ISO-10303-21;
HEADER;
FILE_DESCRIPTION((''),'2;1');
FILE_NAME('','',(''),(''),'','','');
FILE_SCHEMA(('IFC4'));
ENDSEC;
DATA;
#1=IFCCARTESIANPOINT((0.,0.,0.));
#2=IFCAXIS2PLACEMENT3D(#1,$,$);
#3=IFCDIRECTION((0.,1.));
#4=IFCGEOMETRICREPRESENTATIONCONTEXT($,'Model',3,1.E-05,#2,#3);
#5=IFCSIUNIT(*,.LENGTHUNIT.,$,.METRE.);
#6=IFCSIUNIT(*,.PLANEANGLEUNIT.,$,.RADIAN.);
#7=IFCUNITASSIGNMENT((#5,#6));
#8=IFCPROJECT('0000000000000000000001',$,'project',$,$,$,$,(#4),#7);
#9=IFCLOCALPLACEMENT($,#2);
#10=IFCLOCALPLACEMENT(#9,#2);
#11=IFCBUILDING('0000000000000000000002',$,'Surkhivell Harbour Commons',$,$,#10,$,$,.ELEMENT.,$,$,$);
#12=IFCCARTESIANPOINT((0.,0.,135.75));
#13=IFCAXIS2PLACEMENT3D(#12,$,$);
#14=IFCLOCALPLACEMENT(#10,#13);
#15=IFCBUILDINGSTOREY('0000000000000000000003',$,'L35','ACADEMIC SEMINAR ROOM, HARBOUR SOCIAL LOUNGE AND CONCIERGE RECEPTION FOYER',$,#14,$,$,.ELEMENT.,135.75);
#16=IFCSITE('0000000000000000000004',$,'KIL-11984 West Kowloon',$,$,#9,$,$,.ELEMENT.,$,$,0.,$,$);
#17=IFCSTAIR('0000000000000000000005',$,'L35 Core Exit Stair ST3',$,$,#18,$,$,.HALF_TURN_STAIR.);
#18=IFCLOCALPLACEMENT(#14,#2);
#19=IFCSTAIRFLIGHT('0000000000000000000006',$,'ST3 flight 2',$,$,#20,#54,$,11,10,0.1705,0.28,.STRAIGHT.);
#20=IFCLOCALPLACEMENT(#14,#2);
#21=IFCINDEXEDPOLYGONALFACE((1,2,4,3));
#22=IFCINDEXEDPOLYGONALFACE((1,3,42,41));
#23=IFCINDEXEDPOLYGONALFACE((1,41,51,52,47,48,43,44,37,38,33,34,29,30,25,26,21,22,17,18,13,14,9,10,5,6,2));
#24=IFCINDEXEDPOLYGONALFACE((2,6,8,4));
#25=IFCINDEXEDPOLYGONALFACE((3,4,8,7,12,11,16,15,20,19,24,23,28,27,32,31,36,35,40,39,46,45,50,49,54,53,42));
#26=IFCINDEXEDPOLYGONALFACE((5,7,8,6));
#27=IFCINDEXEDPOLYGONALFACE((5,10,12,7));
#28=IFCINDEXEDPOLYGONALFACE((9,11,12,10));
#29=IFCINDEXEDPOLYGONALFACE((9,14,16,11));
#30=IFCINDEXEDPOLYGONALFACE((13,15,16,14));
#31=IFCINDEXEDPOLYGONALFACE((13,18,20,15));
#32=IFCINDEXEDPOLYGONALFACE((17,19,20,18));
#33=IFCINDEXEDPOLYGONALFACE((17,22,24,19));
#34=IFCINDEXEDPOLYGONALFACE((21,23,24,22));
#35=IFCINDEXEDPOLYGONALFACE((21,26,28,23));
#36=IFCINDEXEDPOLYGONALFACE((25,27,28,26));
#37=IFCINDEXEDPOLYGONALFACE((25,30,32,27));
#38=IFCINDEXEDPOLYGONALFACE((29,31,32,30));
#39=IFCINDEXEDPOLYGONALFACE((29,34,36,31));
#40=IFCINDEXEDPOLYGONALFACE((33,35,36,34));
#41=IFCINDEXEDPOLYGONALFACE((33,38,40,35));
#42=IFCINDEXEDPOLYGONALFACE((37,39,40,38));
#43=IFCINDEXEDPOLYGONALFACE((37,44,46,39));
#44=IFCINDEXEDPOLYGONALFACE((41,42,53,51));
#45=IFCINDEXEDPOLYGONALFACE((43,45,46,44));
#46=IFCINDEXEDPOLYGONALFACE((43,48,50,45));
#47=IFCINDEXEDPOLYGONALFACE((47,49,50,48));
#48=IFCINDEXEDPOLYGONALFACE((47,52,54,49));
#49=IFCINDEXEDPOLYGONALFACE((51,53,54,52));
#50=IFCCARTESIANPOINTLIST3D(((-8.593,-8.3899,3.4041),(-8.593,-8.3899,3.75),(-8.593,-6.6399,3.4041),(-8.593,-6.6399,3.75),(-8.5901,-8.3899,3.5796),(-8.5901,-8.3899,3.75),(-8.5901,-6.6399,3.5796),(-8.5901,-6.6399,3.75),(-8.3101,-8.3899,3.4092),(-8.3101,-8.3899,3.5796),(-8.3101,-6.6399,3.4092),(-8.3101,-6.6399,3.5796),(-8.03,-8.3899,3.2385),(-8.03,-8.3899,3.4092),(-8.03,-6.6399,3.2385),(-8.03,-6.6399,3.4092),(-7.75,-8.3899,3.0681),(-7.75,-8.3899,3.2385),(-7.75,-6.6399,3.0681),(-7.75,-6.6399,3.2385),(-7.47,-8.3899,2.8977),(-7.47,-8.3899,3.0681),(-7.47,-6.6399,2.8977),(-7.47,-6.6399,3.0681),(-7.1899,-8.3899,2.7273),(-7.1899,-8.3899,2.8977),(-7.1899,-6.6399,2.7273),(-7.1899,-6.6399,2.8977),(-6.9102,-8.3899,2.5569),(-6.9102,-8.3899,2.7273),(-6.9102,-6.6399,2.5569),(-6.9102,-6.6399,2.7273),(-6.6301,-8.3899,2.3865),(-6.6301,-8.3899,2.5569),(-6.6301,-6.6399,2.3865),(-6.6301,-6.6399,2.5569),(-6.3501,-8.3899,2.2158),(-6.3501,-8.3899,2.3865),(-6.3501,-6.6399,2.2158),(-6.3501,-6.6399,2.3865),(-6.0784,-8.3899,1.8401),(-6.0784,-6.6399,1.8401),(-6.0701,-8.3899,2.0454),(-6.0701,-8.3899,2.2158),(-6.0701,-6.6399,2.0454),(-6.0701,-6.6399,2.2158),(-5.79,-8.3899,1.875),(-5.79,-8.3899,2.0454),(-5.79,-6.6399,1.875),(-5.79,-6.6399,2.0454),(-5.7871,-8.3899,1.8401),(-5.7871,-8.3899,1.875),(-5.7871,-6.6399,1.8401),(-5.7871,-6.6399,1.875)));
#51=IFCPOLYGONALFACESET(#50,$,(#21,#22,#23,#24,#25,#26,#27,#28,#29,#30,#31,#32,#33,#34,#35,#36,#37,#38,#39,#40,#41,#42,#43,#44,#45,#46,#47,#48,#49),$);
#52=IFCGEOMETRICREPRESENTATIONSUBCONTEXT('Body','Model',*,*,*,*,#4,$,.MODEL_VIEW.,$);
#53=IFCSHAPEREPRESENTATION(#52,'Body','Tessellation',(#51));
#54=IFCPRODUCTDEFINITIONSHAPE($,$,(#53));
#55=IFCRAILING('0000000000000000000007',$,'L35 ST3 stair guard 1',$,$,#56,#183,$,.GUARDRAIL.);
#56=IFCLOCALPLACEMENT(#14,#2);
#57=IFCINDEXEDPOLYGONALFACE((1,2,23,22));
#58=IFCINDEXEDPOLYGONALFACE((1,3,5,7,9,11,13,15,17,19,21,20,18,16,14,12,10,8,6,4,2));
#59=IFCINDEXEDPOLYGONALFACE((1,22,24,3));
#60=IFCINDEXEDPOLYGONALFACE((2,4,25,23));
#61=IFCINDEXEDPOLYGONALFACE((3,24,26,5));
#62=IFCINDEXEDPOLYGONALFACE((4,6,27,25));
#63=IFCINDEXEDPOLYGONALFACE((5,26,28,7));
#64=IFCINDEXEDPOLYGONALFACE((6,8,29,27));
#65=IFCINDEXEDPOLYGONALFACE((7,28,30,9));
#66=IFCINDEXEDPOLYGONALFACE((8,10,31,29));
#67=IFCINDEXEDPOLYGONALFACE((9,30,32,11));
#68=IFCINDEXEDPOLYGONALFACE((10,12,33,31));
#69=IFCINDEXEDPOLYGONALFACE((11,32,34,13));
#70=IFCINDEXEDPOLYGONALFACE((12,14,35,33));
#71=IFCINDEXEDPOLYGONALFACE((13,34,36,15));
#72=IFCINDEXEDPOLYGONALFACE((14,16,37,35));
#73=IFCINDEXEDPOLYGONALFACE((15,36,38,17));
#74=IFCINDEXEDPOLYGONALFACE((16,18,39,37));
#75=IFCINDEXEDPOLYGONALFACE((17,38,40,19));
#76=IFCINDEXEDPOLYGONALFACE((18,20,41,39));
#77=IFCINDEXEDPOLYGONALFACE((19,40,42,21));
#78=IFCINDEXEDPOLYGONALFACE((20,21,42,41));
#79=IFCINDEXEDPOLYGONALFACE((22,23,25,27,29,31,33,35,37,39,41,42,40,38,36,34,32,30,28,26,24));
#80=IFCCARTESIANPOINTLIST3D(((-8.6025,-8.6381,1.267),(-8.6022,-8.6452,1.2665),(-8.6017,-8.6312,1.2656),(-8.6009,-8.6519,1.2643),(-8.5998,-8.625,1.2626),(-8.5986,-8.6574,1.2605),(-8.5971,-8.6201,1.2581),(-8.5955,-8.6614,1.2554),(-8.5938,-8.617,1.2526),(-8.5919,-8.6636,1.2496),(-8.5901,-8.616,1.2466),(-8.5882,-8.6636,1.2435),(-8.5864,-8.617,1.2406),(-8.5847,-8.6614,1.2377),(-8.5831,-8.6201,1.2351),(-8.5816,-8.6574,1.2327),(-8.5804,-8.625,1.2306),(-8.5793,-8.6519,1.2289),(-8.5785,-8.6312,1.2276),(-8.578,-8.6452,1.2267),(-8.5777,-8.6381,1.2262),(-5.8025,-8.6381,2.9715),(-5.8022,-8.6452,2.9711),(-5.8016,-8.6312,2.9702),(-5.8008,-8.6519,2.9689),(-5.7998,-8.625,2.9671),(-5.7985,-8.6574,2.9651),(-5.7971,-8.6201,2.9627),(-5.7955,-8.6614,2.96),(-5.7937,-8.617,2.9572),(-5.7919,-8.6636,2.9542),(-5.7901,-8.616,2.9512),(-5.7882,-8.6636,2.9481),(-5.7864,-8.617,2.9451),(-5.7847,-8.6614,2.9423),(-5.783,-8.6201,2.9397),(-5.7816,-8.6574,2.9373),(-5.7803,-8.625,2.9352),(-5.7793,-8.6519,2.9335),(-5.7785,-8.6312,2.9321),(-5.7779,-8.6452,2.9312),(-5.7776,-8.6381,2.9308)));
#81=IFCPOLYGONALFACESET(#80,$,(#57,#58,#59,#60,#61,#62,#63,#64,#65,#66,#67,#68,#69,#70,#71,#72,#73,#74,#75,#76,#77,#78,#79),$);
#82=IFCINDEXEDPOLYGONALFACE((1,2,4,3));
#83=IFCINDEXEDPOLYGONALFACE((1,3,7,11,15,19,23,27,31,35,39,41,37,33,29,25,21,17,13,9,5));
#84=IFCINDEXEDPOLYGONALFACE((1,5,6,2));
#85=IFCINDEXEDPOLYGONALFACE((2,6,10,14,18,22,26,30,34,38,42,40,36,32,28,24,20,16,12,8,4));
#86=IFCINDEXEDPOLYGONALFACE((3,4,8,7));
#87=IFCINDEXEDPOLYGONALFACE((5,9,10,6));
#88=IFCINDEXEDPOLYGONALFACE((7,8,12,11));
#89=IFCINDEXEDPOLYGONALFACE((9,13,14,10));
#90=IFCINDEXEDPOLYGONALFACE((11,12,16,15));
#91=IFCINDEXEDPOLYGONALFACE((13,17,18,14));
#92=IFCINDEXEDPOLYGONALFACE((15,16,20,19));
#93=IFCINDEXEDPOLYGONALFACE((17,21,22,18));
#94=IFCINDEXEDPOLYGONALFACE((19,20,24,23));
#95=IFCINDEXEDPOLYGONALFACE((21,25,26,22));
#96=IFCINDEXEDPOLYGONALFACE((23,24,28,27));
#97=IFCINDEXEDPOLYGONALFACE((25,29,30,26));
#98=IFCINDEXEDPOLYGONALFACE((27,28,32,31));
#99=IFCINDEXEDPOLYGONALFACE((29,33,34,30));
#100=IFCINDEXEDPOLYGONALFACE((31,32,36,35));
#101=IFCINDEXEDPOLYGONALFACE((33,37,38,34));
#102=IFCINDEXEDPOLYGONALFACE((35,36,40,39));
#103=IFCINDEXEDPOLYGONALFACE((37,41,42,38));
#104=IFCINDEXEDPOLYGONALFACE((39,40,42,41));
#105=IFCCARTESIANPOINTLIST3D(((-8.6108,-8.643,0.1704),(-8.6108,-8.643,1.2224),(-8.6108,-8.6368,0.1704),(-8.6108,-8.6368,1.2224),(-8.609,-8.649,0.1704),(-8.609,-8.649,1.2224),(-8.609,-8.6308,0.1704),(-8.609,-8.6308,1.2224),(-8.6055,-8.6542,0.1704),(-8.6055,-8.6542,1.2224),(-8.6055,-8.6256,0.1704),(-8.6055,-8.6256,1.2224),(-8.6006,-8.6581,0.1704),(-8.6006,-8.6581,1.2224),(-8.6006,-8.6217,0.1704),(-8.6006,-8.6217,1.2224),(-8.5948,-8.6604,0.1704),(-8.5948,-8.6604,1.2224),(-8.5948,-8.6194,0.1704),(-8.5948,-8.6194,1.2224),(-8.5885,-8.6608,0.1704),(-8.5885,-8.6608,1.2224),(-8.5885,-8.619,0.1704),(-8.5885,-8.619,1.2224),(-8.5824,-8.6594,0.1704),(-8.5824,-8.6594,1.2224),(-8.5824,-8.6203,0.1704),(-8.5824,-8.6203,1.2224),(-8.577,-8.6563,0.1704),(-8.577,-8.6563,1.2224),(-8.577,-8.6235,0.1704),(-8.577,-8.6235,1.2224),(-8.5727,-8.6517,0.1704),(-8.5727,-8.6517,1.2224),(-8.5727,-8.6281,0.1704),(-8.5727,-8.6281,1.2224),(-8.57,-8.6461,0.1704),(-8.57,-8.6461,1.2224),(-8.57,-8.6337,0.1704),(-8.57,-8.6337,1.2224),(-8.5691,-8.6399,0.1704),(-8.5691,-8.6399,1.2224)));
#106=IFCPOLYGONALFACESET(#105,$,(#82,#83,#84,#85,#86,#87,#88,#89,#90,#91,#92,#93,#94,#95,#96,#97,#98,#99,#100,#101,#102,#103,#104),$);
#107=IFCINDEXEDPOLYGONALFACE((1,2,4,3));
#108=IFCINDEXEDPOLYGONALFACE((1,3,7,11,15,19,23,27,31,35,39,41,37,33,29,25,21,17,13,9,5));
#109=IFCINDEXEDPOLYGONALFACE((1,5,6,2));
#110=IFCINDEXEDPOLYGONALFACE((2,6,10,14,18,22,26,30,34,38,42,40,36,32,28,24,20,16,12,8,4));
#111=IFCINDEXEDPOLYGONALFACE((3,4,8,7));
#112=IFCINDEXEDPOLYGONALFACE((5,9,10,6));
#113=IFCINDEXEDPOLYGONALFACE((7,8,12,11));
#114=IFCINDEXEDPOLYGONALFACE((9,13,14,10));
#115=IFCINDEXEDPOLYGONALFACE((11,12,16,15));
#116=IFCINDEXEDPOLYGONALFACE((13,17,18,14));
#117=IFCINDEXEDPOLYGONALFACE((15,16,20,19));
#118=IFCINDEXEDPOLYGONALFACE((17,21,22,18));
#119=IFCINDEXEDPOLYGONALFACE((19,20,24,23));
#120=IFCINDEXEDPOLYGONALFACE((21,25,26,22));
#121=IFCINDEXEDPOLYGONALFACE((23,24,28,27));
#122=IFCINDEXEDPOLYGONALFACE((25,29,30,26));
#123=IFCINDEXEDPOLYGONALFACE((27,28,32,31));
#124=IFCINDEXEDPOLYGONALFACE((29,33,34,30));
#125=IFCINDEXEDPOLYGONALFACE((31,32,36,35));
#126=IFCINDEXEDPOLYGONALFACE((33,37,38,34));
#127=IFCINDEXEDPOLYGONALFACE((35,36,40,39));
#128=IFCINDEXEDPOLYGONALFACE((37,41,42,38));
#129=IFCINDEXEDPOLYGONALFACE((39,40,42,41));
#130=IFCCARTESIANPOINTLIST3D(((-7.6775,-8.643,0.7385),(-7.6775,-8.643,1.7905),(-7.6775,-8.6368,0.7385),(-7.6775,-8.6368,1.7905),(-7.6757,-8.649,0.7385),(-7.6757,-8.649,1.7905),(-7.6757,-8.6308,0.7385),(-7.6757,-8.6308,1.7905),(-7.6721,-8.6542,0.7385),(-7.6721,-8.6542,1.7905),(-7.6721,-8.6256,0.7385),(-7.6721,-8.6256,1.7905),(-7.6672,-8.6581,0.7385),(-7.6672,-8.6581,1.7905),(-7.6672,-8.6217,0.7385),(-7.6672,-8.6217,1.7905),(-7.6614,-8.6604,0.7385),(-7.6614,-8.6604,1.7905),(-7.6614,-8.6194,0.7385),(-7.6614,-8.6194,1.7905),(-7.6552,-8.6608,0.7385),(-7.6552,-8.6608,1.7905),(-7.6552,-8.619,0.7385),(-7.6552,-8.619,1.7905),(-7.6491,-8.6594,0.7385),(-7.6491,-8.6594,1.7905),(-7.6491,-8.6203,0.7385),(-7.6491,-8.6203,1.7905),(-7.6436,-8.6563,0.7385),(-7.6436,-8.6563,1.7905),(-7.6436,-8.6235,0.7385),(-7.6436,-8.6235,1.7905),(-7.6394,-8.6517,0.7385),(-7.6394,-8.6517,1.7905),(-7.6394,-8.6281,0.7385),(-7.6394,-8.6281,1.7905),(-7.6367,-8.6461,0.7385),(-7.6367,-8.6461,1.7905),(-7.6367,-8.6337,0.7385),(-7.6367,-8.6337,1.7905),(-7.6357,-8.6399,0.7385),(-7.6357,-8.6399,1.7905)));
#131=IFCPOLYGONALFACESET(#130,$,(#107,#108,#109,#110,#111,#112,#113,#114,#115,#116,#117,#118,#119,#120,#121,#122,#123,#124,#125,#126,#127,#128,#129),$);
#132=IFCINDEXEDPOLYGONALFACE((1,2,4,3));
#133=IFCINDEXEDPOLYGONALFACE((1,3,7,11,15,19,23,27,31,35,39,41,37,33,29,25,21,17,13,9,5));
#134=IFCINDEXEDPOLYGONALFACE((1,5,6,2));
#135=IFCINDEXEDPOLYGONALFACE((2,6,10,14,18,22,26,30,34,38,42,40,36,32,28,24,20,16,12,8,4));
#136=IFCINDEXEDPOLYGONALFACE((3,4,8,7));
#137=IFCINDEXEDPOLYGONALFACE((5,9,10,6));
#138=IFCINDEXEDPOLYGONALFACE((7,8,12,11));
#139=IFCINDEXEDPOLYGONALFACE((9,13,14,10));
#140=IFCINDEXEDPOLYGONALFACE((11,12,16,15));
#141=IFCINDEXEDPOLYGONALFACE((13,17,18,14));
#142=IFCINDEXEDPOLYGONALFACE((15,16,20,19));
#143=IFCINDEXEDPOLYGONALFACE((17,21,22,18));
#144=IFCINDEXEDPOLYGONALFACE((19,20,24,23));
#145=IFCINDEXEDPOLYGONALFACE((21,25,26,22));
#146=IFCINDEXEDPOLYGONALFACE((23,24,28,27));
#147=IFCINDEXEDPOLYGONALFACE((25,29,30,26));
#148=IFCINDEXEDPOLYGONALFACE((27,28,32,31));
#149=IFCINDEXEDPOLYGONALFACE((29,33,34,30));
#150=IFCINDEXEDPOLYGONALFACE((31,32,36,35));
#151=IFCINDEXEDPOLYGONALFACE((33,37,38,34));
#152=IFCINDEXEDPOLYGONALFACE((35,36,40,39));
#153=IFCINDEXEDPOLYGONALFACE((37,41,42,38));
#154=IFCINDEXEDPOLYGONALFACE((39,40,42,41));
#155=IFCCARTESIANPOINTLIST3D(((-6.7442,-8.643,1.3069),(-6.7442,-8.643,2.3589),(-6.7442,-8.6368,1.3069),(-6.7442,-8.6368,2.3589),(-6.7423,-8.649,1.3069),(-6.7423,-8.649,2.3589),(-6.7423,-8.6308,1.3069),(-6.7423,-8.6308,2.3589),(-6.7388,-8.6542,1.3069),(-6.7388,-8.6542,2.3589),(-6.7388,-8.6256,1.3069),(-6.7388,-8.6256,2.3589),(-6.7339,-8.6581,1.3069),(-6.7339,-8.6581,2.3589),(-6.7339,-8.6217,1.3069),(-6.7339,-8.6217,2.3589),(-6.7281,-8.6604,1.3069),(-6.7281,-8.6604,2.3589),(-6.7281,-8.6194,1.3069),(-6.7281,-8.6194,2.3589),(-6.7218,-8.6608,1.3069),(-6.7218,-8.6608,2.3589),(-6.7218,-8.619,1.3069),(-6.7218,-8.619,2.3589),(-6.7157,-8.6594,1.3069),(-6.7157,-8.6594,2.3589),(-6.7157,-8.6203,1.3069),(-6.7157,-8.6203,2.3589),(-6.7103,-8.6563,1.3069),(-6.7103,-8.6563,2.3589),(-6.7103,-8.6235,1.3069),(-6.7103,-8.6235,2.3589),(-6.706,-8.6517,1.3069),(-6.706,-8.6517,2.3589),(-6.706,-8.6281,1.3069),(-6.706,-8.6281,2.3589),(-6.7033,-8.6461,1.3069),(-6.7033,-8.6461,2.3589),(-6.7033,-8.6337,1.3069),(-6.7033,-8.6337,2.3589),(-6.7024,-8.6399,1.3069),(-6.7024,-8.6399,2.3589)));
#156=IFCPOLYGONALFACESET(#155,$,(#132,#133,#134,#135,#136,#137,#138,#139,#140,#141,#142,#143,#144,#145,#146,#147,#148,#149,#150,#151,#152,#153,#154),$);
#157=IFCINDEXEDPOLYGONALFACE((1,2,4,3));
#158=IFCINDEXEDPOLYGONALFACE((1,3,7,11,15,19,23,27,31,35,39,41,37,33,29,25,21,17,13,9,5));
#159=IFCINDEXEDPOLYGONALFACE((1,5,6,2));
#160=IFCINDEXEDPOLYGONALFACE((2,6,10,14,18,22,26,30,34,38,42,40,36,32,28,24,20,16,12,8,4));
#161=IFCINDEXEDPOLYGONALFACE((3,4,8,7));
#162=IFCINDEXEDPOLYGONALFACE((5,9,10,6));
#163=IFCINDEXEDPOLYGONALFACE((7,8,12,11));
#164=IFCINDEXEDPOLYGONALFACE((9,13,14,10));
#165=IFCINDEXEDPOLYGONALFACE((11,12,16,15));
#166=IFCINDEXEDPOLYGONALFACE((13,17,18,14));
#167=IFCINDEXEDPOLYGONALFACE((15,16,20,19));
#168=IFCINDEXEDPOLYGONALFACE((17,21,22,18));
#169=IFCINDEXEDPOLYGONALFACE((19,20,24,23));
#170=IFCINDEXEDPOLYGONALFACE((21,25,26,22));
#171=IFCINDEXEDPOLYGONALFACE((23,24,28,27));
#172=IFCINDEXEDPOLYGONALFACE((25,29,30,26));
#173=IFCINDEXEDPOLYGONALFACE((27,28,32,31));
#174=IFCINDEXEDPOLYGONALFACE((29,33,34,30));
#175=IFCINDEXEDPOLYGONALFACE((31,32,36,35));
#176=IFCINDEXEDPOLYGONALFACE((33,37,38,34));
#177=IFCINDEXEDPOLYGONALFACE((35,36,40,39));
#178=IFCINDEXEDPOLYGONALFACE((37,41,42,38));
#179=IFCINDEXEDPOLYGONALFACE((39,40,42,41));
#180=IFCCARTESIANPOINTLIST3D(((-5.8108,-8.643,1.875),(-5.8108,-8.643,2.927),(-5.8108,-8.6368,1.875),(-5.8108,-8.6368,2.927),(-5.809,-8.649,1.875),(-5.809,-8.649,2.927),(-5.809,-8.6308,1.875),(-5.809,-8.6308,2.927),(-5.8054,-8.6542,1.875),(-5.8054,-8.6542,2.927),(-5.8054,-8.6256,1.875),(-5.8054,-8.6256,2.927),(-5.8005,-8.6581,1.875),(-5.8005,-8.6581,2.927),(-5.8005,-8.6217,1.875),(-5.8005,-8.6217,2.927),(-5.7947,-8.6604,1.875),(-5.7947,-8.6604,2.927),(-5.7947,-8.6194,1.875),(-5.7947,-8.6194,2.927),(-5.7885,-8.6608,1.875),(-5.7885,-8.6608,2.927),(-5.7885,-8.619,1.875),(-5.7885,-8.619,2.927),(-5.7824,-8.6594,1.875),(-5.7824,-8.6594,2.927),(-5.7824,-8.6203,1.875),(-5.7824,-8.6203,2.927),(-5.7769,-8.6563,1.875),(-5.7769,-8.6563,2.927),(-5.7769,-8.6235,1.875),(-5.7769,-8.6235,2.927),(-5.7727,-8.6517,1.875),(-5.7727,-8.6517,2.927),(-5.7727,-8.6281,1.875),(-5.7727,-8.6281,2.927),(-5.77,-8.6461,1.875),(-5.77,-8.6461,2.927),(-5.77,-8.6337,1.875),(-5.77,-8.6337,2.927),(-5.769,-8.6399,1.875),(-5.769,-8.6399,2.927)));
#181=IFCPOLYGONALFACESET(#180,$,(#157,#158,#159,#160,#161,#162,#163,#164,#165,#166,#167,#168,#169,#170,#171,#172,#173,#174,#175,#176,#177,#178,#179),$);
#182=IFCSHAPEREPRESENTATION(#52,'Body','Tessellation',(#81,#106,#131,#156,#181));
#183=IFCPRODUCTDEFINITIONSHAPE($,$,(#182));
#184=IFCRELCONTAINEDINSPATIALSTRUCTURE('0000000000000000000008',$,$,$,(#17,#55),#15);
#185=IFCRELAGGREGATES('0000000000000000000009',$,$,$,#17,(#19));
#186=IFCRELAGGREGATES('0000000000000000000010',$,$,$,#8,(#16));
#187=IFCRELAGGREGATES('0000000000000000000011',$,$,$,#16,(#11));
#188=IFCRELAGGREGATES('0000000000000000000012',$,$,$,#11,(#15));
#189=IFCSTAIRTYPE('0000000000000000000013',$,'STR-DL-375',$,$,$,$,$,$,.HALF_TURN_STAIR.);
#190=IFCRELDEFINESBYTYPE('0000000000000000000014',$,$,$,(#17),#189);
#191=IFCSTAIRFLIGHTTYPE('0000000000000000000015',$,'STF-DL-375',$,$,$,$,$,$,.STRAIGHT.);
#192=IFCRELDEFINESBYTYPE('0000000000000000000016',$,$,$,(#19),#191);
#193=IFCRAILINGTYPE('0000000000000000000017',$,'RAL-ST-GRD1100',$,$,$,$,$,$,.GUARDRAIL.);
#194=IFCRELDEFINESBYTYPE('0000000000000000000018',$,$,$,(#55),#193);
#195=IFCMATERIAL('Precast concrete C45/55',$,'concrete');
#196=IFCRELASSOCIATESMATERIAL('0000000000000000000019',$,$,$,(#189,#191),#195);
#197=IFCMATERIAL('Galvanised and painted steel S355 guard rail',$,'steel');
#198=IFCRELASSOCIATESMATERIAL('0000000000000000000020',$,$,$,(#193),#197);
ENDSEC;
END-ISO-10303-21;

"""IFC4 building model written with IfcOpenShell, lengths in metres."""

from ifc_helpers import new_model, si_unit, direction, frame, origin, origin_2d, place, context, subcontext, project, spatial, polyline, circle, outline, extrude, material, type_object, element, aggregate, save


model = new_model("IFC4")

# Units and contexts
model_context = context("Model", 3, precision=1e-05, world=origin(), true_north=direction((0.0, 1.0)))
body_context = subcontext(model_context, "Body", "Model", "MODEL_VIEW")
ifc_project = project(units=[si_unit("LENGTHUNIT", "METRE"), si_unit("PLANEANGLEUNIT", "RADIAN")], contexts=[model_context])

# Site, building, storey
site_placement = place(None, origin())
site = spatial("IfcSite", under=ifc_project, at=site_placement, Name="KIL-11984 West Kowloon", CompositionType="ELEMENT", RefElevation=0.0)
building_placement = place(site_placement, origin())
building = spatial("IfcBuilding", under=site, at=building_placement, Name="Surkhivell Harbour Commons", CompositionType="ELEMENT")
storey_placement = place(building_placement, frame((0.0, 0.0, 135.75)))
storey = spatial("IfcBuildingStorey", under=building, at=storey_placement, Name="L35", Description="ACADEMIC SEMINAR ROOM, HARBOUR SOCIAL LOUNGE AND CONCIERGE RECEPTION FOYER", CompositionType="ELEMENT", Elevation=135.75)

# Stair, stair flight
ifc_material_1 = material(Name="Precast concrete C45/55", Category="concrete")
stair_type = type_object("IfcStairType", Name="STR-DL-375", PredefinedType="HALF_TURN_STAIR", material=ifc_material_1)
stair_placement = place(storey_placement, origin())
stair = element("IfcStair", 1, at=stair_placement, inside=storey, type_object=stair_type, Name="L35 Core Exit Stair ST3", PredefinedType="HALF_TURN_STAIR")
stair_flight_type = type_object("IfcStairFlightType", Name="STF-DL-375", PredefinedType="STRAIGHT", material=ifc_material_1)
stair_flight_1_placement = place(storey_placement, frame((-5.79, -7.5149, 1.875), z_axis=(0.0, 0.0, 1.0), x_axis=(-1.0, 0.0, 0.0)))
stair_flight_1 = element("IfcStairFlight", 2, at=stair_flight_1_placement, type_object=stair_flight_type, Name="ST3 flight 2", NumberOfRisers=11, NumberOfTreads=10, PredefinedType="STRAIGHT", RiserHeight=0.1705, TreadLength=0.28, context=body_context, shape_type="SweptSolid", body=[
    extrude(outline(polyline([(-0.0029, -0.0349), (-0.0029, 0.0), (0.0, 0.0), (0.0, 0.1704), (0.28, 0.1704), (0.28, 0.3408), (0.5601, 0.3408), (0.5601, 0.5115), (0.8401, 0.5115), (0.8401, 0.6819), (1.1201, 0.6819), (1.1201, 0.8523), (1.3999, 0.8523), (1.3999, 1.0227), (1.6799, 1.0227), (1.6799, 1.1931), (1.96, 1.1931), (1.96, 1.3635), (2.24, 1.3635), (2.24, 1.5342), (2.52, 1.5342), (2.52, 1.7046), (2.8, 1.7046), (2.8, 1.875), (2.803, 1.875), (2.803, 1.5291), (0.2883, -0.0349), (-0.0029, -0.0349)])), frame((0.0, 0.875, 0.0), z_axis=(0.0, -1.0, 0.0), x_axis=(1.0, 0.0, 0.0)), (0.0, 0.0, 1.0), 1.75),
])
aggregate(stair, [stair_flight_1])

# Railing
ifc_material_2 = material(Name="Galvanised and painted steel S355 guard rail", Category="steel")
railing_type_1 = type_object("IfcRailingType", Name="RAL-ST-GRD1100", PredefinedType="GUARDRAIL", material=ifc_material_2)
railing_1_placement = place(storey_placement, frame((-8.5901, -8.6399, 0.1704)))
element("IfcRailing", 3, at=railing_1_placement, inside=storey, type_object=railing_type_1, Name="L35 ST3 stair guard 1", PredefinedType="GUARDRAIL", context=body_context, shape_type="SweptSolid", body=[
    extrude(circle(Radius=0.0239, at=origin_2d()), frame((0.0, 0.0, 1.0762), z_axis=(0.85417, 0.0, 0.519994), x_axis=(0.0, 1.0, 0.0)), (0.0, 0.0, 1.0), 3.2781),
    extrude(circle(Radius=0.021, at=origin_2d()), origin(), (0.0, 0.0, 1.0), 1.052),
    extrude(circle(Radius=0.021, at=origin_2d()), frame((0.9333, 0.0, 0.5681)), (0.0, 0.0, 1.0), 1.052),
    extrude(circle(Radius=0.021, at=origin_2d()), frame((1.8667, 0.0, 1.1365)), (0.0, 0.0, 1.0), 1.052),
    extrude(circle(Radius=0.021, at=origin_2d()), frame((2.8, 0.0, 1.7046)), (0.0, 0.0, 1.0), 1.052),
])

save(model, "model.ifc")
